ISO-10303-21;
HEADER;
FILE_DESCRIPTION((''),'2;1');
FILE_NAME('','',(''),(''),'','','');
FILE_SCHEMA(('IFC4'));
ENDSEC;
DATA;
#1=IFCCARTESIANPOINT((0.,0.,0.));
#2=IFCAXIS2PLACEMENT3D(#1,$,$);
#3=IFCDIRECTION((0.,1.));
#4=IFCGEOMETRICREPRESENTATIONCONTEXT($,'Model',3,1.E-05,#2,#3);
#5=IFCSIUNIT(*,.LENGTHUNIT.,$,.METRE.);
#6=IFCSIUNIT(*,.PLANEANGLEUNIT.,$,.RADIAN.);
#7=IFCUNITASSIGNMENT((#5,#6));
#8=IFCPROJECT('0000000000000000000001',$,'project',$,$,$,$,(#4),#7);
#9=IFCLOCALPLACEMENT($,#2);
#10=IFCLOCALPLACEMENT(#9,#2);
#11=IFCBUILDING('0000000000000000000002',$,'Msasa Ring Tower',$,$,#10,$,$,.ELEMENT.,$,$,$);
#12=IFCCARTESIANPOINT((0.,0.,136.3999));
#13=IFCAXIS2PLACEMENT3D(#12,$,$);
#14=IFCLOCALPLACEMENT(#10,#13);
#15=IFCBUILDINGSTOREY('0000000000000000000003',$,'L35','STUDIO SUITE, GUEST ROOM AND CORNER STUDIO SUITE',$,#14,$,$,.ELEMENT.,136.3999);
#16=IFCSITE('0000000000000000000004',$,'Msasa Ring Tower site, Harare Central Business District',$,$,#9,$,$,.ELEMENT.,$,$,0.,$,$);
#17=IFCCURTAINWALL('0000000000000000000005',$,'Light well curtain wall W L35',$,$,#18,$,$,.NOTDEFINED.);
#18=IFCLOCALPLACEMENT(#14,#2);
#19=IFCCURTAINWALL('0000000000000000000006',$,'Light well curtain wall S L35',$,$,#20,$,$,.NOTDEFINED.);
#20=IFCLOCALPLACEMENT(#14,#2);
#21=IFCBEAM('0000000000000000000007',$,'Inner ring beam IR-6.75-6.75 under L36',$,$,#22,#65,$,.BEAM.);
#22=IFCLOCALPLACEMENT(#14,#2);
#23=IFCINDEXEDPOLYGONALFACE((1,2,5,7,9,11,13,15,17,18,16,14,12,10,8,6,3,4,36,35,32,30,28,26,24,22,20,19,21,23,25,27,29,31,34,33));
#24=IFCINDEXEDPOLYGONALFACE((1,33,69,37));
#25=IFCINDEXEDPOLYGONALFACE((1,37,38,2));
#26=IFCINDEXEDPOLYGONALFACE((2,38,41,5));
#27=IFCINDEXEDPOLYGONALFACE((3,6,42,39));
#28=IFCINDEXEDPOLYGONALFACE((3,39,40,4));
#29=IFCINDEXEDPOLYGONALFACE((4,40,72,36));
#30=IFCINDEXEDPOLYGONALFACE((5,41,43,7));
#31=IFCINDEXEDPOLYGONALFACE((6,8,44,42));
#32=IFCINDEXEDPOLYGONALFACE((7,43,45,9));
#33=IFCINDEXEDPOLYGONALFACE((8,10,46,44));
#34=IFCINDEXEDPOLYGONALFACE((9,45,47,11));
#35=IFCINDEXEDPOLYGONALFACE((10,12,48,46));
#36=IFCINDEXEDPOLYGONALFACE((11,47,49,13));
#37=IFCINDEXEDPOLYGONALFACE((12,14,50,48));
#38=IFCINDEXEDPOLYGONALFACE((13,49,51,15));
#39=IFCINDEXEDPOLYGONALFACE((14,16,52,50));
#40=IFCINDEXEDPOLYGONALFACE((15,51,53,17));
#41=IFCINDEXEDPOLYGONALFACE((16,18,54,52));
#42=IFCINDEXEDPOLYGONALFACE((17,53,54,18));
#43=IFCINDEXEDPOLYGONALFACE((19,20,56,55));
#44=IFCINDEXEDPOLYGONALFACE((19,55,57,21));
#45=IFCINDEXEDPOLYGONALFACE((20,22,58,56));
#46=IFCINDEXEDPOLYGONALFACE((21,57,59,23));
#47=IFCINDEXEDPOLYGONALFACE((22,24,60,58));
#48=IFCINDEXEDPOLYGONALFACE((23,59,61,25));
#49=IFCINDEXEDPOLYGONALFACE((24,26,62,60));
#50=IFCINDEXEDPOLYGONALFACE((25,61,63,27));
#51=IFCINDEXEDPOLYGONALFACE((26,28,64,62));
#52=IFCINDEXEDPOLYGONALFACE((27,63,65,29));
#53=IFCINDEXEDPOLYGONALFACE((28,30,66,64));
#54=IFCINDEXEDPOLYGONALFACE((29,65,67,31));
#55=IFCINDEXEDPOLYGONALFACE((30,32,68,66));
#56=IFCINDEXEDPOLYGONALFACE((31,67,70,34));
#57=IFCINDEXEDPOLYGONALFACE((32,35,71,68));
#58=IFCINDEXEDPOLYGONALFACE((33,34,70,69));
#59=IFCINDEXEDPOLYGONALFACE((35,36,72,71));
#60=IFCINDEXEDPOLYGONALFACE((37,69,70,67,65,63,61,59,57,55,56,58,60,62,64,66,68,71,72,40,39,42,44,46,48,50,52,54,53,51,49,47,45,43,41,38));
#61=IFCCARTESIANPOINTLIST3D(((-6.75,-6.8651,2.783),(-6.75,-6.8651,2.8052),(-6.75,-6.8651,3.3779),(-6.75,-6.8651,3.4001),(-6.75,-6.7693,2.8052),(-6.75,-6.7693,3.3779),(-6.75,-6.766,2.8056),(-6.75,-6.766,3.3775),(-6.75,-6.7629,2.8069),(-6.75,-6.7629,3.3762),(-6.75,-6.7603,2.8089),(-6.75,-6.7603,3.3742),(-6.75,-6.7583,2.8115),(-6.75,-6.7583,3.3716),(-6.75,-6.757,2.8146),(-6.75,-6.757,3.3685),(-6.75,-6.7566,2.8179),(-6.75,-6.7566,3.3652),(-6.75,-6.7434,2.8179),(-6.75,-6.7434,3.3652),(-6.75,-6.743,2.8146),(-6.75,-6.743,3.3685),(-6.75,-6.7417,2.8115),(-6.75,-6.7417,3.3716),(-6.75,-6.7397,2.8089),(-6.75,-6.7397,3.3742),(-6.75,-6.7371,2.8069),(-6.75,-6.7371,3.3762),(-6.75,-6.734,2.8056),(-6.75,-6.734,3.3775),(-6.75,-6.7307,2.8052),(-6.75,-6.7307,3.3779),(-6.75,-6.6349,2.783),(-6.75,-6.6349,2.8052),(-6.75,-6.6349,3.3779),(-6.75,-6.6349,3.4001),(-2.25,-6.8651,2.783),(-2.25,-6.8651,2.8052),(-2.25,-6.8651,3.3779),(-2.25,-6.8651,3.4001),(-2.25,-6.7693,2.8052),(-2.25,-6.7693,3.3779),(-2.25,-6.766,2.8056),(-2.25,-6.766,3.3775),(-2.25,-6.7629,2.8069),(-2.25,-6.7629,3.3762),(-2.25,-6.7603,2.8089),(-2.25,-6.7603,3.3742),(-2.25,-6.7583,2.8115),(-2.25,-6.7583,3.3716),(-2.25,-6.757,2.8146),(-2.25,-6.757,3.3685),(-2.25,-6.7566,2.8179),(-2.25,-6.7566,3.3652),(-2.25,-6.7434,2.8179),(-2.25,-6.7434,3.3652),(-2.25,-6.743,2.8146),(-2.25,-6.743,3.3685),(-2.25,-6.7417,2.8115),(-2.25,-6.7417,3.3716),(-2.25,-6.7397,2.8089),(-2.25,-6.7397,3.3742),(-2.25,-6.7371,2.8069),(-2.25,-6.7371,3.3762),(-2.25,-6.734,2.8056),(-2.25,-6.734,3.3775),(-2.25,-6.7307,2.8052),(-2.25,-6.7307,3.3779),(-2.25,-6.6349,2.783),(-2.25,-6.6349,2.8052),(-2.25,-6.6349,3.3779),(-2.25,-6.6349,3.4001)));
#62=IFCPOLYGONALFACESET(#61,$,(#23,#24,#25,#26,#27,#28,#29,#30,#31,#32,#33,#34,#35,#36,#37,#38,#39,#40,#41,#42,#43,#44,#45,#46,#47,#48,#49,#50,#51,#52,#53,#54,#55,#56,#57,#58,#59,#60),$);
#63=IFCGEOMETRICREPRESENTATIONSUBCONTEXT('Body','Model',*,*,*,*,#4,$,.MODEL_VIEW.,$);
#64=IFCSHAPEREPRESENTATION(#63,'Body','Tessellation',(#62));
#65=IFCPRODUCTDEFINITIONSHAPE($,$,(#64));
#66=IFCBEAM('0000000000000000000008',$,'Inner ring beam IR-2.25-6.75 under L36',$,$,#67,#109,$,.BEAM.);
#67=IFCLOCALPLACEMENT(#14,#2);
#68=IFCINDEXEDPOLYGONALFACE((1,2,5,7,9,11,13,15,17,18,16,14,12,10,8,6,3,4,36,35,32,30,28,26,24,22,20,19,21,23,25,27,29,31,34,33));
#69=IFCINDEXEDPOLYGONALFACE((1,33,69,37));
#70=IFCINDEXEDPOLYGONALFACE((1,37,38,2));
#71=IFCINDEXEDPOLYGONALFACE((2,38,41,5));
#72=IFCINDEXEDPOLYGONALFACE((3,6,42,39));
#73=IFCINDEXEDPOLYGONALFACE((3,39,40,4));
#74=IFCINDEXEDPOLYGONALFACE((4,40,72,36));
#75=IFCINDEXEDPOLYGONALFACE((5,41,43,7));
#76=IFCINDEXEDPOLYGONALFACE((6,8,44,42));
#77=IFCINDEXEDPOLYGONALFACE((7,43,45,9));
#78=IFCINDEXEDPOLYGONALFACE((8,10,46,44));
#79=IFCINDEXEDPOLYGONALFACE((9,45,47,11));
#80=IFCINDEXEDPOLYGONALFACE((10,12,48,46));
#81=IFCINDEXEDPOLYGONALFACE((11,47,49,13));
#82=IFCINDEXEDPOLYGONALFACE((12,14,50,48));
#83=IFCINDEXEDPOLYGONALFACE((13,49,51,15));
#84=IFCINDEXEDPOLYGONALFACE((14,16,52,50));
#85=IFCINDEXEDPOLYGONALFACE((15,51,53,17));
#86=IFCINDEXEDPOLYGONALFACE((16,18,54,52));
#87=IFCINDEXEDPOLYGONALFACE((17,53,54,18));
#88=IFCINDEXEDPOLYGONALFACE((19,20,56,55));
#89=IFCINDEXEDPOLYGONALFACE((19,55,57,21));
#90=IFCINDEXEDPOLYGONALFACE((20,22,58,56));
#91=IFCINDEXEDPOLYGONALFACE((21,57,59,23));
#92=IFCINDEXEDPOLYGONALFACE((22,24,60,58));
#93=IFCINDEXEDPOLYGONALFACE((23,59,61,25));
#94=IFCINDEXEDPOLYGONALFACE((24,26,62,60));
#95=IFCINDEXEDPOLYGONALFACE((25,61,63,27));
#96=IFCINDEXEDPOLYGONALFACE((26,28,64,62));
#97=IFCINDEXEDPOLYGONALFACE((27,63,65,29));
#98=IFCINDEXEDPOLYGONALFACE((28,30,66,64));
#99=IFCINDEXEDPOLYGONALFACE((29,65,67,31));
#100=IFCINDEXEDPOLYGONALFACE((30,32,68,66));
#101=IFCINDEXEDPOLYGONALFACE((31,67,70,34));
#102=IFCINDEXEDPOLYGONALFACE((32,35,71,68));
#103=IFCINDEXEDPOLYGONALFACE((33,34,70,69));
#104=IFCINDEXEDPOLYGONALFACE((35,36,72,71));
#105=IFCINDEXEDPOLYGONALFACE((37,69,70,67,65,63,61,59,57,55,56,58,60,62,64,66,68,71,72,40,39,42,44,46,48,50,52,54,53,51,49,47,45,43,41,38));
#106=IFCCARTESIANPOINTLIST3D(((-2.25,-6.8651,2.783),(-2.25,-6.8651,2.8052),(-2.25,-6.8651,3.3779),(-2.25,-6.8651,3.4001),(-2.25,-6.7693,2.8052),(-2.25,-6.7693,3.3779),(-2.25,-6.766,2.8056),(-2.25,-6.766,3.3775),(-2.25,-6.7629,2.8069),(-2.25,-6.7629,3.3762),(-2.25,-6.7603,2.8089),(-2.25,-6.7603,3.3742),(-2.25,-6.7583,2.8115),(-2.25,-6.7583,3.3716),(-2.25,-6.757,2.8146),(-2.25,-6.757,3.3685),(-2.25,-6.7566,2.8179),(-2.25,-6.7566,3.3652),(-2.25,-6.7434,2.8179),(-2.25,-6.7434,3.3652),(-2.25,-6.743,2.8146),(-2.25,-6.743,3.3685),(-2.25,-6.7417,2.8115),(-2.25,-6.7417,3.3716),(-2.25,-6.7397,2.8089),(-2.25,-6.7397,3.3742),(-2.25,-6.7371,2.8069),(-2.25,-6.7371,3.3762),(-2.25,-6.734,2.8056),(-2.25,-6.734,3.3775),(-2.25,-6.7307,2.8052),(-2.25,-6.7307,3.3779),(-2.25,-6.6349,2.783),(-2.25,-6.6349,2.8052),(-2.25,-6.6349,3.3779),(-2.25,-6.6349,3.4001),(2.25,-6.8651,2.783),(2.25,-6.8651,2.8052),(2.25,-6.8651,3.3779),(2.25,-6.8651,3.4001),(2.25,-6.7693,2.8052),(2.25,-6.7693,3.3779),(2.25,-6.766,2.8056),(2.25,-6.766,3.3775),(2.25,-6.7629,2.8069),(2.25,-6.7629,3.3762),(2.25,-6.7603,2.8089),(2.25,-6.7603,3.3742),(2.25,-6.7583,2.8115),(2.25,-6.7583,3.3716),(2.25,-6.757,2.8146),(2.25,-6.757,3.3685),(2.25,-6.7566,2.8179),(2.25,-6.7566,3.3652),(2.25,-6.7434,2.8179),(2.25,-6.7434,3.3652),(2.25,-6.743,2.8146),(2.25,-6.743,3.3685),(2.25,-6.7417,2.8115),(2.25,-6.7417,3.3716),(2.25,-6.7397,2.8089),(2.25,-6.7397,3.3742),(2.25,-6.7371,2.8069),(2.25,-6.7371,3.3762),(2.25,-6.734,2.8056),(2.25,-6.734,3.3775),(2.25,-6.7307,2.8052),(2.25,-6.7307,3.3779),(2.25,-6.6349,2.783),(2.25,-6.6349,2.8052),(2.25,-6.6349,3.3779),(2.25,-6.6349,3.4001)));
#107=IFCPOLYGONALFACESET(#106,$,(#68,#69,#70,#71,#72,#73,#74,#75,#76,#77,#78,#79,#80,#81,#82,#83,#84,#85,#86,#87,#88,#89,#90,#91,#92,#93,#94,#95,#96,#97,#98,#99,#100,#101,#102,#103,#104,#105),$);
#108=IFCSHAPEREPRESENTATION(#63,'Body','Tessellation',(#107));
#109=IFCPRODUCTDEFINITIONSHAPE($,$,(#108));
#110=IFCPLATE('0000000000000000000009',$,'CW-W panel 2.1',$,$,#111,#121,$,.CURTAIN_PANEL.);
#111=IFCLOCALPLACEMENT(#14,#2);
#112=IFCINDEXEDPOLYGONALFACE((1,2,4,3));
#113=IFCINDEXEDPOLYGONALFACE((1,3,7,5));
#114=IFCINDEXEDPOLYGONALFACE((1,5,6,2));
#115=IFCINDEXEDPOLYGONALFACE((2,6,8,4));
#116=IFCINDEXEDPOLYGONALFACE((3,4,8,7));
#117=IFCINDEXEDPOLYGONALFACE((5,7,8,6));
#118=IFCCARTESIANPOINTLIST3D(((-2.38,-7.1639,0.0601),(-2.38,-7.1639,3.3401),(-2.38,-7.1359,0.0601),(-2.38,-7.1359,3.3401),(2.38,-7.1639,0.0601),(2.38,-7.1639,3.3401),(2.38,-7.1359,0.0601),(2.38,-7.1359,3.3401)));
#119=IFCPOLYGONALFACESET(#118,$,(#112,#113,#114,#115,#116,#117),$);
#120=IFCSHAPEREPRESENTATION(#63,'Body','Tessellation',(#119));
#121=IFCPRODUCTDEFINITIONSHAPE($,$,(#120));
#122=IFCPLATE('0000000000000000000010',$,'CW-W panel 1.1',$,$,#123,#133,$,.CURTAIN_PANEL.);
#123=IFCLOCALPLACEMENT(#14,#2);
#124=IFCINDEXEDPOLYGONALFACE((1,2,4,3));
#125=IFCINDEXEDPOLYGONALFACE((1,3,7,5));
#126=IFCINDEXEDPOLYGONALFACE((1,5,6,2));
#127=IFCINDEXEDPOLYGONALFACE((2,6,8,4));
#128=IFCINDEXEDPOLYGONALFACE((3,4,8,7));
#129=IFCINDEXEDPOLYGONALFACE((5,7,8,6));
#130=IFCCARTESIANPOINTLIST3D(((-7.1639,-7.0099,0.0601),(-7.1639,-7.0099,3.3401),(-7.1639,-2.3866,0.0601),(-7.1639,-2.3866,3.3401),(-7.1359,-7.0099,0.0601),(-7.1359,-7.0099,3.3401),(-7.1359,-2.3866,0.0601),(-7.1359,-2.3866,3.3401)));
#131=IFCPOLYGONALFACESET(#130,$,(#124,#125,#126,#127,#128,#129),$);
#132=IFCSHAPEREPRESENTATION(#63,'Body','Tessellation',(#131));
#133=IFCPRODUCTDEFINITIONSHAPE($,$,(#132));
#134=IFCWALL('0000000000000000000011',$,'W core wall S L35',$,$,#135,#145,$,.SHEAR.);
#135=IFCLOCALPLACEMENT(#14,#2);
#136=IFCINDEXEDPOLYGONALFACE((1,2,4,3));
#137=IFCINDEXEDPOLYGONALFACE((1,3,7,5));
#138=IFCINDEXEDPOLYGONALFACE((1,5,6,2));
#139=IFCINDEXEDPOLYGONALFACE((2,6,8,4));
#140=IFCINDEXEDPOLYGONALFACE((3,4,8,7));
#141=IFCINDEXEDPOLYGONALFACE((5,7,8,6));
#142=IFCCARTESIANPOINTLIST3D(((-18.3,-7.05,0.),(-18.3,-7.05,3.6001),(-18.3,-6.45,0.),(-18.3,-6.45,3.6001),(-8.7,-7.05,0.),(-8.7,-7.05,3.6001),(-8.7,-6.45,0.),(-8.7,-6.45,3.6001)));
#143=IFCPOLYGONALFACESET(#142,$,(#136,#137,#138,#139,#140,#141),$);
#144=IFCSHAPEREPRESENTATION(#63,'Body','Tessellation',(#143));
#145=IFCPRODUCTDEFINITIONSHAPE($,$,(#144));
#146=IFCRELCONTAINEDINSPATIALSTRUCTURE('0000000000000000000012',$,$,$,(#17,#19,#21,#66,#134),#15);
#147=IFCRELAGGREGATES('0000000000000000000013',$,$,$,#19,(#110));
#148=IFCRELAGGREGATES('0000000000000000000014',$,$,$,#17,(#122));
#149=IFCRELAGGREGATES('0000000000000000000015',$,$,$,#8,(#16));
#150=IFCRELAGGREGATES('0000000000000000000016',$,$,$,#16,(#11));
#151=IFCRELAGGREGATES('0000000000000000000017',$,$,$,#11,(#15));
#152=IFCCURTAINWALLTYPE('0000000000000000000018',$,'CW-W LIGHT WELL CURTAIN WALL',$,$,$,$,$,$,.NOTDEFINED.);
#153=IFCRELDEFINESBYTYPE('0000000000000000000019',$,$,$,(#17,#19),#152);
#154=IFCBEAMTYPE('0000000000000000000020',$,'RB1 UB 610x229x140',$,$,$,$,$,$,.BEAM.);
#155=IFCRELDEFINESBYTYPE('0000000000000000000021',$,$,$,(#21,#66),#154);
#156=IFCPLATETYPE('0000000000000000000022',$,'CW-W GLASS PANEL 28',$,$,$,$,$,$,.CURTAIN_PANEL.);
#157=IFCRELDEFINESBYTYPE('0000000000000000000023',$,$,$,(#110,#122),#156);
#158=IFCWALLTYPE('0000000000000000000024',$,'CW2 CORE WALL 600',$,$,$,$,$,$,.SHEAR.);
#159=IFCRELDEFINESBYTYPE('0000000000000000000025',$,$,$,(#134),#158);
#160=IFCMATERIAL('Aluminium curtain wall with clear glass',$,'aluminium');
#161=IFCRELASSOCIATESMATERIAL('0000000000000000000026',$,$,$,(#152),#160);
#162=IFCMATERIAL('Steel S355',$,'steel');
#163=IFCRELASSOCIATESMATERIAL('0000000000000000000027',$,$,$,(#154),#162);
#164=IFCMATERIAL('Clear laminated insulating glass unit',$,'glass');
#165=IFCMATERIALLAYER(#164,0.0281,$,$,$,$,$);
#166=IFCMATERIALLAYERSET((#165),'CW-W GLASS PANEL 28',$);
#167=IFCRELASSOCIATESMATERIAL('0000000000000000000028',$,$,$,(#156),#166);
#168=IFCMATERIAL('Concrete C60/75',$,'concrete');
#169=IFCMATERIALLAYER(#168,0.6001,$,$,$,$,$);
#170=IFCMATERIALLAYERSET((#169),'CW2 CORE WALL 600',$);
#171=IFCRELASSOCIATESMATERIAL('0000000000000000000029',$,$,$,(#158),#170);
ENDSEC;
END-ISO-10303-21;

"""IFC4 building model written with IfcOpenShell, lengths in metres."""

from ifc_helpers import new_model, si_unit, direction, frame, frame_2d, origin, origin_2d, place, context, subcontext, project, spatial, rectangle, i_section, extrude, material, layer, layer_set, material_profile, profile_set, type_object, element, aggregate, save


model = new_model("IFC4")

# Units and contexts
model_context = context("Model", 3, precision=1e-05, world=origin(), true_north=direction((0.0, 1.0)))
body_context = subcontext(model_context, "Body", "Model", "MODEL_VIEW")
ifc_project = project(units=[si_unit("LENGTHUNIT", "METRE"), si_unit("PLANEANGLEUNIT", "RADIAN")], contexts=[model_context])

# Site, building, storey
site_placement = place(None, origin())
site = spatial("IfcSite", under=ifc_project, at=site_placement, Name="Msasa Ring Tower site, Harare Central Business District", CompositionType="ELEMENT", RefElevation=0.0)
building_placement = place(site_placement, origin())
building = spatial("IfcBuilding", under=site, at=building_placement, Name="Msasa Ring Tower", CompositionType="ELEMENT")
storey_placement = place(building_placement, frame((0.0, 0.0, 136.3999)))
storey = spatial("IfcBuildingStorey", under=building, at=storey_placement, Name="L35", Description="STUDIO SUITE, GUEST ROOM AND CORNER STUDIO SUITE", CompositionType="ELEMENT", Elevation=136.3999)

# Curtain wall
ifc_material_1 = material(Name="Aluminium curtain wall with clear glass", Category="aluminium")
curtain_wall_type = type_object("IfcCurtainWallType", Name="CW-W LIGHT WELL CURTAIN WALL", PredefinedType="NOTDEFINED", material=ifc_material_1)
curtain_wall_1_placement = place(storey_placement, origin())
curtain_wall_1 = element("IfcCurtainWall", 1, at=curtain_wall_1_placement, inside=storey, type_object=curtain_wall_type, Name="Light well curtain wall W L35", PredefinedType="NOTDEFINED")

# Curtain wall
curtain_wall_2_placement = place(storey_placement, origin())
curtain_wall_2 = element("IfcCurtainWall", 2, at=curtain_wall_2_placement, inside=storey, type_object=curtain_wall_type, Name="Light well curtain wall S L35", PredefinedType="NOTDEFINED")

# Beams
ifc_material_2 = material(Name="Steel S355", Category="steel")
ifc_material_profile_1 = material_profile(ifc_material_2, i_section(OverallWidth=0.2302, OverallDepth=0.6172, WebThickness=0.0132, FlangeThickness=0.0222, FilletRadius=0.0127, at=origin_2d()), Name="UB 610x229x140")
ifc_profile_set_1 = profile_set([ifc_material_profile_1], Name="Steel S355")
beam_type = type_object("IfcBeamType", Name="RB1 UB 610x229x140", PredefinedType="BEAM", material=ifc_profile_set_1)
for number, where, z_axis, x_axis, name in (
    (3, (-6.75, -6.75, 3.0916), (1.0, 0.0, 0.0), (0.0, 1.0, 0.0), "Inner ring beam IR-6.75-6.75 under L36"),
    (4, (-2.25, -6.75, 3.0916), (1.0, 0.0, 0.0), (0.0, 1.0, 0.0), "Inner ring beam IR-2.25-6.75 under L36"),
):
    element("IfcBeam", number, at=place(storey_placement, frame(where, z_axis=z_axis, x_axis=x_axis)), inside=storey, type_object=beam_type, Name=name, PredefinedType="BEAM", context=body_context, shape_type="SweptSolid", body=[
        extrude(i_section(OverallWidth=0.2302, OverallDepth=0.6172, WebThickness=0.0132, FlangeThickness=0.0222, FilletRadius=0.0127, at=origin_2d()), origin(), (0.0, 0.0, 1.0), 4.5),
    ])

# Plates
ifc_material_3 = material(Name="Clear laminated insulating glass unit", Category="glass")
ifc_layer_1 = layer(ifc_material_3, 0.0281)
ifc_layer_set_1 = layer_set([ifc_layer_1], Name="CW-W GLASS PANEL 28")
plate_type = type_object("IfcPlateType", Name="CW-W GLASS PANEL 28", PredefinedType="CURTAIN_PANEL", material=ifc_layer_set_1)
plate_1_placement = place(storey_placement, frame((0.0, -7.1499, 0.0601), z_axis=(0.0, 0.0, 1.0), x_axis=(1.0, 0.0, 0.0)))
plate_1 = element("IfcPlate", 5, at=plate_1_placement, type_object=plate_type, Name="CW-W panel 2.1", PredefinedType="CURTAIN_PANEL", context=body_context, shape_type="SweptSolid", body=[
    extrude(rectangle(XDim=4.76, YDim=0.0281, at=origin_2d()), origin(), (0.0, 0.0, 1.0), 3.28),
])
aggregate(curtain_wall_2, [plate_1])
plate_2_placement = place(storey_placement, frame((-7.1499, -4.6982, 0.0601), z_axis=(0.0, 0.0, 1.0), x_axis=(0.0, 1.0, 0.0)))
plate_2 = element("IfcPlate", 6, at=plate_2_placement, type_object=plate_type, Name="CW-W panel 1.1", PredefinedType="CURTAIN_PANEL", context=body_context, shape_type="SweptSolid", body=[
    extrude(rectangle(XDim=4.6233, YDim=0.0281, at=origin_2d()), origin(), (0.0, 0.0, 1.0), 3.28),
])
aggregate(curtain_wall_1, [plate_2])

# Wall
ifc_material_4 = material(Name="Concrete C60/75", Category="concrete")
ifc_layer_2 = layer(ifc_material_4, 0.6001)
ifc_layer_set_2 = layer_set([ifc_layer_2], Name="CW2 CORE WALL 600")
wall_type_1 = type_object("IfcWallType", Name="CW2 CORE WALL 600", PredefinedType="SHEAR", material=ifc_layer_set_2)
wall_1_placement = place(storey_placement, frame((-8.7, -6.75, 0.0), z_axis=(0.0, 0.0, 1.0), x_axis=(-1.0, 0.0, 0.0)))
element("IfcWall", 7, at=wall_1_placement, inside=storey, type_object=wall_type_1, Name="W core wall S L35", PredefinedType="SHEAR", context=body_context, shape_type="SweptSolid", body=[
    extrude(rectangle(XDim=9.6001, YDim=0.6001, at=frame_2d((4.8, 0.0))), origin(), (0.0, 0.0, 1.0), 3.6001),
])

save(model, "model.ifc")
